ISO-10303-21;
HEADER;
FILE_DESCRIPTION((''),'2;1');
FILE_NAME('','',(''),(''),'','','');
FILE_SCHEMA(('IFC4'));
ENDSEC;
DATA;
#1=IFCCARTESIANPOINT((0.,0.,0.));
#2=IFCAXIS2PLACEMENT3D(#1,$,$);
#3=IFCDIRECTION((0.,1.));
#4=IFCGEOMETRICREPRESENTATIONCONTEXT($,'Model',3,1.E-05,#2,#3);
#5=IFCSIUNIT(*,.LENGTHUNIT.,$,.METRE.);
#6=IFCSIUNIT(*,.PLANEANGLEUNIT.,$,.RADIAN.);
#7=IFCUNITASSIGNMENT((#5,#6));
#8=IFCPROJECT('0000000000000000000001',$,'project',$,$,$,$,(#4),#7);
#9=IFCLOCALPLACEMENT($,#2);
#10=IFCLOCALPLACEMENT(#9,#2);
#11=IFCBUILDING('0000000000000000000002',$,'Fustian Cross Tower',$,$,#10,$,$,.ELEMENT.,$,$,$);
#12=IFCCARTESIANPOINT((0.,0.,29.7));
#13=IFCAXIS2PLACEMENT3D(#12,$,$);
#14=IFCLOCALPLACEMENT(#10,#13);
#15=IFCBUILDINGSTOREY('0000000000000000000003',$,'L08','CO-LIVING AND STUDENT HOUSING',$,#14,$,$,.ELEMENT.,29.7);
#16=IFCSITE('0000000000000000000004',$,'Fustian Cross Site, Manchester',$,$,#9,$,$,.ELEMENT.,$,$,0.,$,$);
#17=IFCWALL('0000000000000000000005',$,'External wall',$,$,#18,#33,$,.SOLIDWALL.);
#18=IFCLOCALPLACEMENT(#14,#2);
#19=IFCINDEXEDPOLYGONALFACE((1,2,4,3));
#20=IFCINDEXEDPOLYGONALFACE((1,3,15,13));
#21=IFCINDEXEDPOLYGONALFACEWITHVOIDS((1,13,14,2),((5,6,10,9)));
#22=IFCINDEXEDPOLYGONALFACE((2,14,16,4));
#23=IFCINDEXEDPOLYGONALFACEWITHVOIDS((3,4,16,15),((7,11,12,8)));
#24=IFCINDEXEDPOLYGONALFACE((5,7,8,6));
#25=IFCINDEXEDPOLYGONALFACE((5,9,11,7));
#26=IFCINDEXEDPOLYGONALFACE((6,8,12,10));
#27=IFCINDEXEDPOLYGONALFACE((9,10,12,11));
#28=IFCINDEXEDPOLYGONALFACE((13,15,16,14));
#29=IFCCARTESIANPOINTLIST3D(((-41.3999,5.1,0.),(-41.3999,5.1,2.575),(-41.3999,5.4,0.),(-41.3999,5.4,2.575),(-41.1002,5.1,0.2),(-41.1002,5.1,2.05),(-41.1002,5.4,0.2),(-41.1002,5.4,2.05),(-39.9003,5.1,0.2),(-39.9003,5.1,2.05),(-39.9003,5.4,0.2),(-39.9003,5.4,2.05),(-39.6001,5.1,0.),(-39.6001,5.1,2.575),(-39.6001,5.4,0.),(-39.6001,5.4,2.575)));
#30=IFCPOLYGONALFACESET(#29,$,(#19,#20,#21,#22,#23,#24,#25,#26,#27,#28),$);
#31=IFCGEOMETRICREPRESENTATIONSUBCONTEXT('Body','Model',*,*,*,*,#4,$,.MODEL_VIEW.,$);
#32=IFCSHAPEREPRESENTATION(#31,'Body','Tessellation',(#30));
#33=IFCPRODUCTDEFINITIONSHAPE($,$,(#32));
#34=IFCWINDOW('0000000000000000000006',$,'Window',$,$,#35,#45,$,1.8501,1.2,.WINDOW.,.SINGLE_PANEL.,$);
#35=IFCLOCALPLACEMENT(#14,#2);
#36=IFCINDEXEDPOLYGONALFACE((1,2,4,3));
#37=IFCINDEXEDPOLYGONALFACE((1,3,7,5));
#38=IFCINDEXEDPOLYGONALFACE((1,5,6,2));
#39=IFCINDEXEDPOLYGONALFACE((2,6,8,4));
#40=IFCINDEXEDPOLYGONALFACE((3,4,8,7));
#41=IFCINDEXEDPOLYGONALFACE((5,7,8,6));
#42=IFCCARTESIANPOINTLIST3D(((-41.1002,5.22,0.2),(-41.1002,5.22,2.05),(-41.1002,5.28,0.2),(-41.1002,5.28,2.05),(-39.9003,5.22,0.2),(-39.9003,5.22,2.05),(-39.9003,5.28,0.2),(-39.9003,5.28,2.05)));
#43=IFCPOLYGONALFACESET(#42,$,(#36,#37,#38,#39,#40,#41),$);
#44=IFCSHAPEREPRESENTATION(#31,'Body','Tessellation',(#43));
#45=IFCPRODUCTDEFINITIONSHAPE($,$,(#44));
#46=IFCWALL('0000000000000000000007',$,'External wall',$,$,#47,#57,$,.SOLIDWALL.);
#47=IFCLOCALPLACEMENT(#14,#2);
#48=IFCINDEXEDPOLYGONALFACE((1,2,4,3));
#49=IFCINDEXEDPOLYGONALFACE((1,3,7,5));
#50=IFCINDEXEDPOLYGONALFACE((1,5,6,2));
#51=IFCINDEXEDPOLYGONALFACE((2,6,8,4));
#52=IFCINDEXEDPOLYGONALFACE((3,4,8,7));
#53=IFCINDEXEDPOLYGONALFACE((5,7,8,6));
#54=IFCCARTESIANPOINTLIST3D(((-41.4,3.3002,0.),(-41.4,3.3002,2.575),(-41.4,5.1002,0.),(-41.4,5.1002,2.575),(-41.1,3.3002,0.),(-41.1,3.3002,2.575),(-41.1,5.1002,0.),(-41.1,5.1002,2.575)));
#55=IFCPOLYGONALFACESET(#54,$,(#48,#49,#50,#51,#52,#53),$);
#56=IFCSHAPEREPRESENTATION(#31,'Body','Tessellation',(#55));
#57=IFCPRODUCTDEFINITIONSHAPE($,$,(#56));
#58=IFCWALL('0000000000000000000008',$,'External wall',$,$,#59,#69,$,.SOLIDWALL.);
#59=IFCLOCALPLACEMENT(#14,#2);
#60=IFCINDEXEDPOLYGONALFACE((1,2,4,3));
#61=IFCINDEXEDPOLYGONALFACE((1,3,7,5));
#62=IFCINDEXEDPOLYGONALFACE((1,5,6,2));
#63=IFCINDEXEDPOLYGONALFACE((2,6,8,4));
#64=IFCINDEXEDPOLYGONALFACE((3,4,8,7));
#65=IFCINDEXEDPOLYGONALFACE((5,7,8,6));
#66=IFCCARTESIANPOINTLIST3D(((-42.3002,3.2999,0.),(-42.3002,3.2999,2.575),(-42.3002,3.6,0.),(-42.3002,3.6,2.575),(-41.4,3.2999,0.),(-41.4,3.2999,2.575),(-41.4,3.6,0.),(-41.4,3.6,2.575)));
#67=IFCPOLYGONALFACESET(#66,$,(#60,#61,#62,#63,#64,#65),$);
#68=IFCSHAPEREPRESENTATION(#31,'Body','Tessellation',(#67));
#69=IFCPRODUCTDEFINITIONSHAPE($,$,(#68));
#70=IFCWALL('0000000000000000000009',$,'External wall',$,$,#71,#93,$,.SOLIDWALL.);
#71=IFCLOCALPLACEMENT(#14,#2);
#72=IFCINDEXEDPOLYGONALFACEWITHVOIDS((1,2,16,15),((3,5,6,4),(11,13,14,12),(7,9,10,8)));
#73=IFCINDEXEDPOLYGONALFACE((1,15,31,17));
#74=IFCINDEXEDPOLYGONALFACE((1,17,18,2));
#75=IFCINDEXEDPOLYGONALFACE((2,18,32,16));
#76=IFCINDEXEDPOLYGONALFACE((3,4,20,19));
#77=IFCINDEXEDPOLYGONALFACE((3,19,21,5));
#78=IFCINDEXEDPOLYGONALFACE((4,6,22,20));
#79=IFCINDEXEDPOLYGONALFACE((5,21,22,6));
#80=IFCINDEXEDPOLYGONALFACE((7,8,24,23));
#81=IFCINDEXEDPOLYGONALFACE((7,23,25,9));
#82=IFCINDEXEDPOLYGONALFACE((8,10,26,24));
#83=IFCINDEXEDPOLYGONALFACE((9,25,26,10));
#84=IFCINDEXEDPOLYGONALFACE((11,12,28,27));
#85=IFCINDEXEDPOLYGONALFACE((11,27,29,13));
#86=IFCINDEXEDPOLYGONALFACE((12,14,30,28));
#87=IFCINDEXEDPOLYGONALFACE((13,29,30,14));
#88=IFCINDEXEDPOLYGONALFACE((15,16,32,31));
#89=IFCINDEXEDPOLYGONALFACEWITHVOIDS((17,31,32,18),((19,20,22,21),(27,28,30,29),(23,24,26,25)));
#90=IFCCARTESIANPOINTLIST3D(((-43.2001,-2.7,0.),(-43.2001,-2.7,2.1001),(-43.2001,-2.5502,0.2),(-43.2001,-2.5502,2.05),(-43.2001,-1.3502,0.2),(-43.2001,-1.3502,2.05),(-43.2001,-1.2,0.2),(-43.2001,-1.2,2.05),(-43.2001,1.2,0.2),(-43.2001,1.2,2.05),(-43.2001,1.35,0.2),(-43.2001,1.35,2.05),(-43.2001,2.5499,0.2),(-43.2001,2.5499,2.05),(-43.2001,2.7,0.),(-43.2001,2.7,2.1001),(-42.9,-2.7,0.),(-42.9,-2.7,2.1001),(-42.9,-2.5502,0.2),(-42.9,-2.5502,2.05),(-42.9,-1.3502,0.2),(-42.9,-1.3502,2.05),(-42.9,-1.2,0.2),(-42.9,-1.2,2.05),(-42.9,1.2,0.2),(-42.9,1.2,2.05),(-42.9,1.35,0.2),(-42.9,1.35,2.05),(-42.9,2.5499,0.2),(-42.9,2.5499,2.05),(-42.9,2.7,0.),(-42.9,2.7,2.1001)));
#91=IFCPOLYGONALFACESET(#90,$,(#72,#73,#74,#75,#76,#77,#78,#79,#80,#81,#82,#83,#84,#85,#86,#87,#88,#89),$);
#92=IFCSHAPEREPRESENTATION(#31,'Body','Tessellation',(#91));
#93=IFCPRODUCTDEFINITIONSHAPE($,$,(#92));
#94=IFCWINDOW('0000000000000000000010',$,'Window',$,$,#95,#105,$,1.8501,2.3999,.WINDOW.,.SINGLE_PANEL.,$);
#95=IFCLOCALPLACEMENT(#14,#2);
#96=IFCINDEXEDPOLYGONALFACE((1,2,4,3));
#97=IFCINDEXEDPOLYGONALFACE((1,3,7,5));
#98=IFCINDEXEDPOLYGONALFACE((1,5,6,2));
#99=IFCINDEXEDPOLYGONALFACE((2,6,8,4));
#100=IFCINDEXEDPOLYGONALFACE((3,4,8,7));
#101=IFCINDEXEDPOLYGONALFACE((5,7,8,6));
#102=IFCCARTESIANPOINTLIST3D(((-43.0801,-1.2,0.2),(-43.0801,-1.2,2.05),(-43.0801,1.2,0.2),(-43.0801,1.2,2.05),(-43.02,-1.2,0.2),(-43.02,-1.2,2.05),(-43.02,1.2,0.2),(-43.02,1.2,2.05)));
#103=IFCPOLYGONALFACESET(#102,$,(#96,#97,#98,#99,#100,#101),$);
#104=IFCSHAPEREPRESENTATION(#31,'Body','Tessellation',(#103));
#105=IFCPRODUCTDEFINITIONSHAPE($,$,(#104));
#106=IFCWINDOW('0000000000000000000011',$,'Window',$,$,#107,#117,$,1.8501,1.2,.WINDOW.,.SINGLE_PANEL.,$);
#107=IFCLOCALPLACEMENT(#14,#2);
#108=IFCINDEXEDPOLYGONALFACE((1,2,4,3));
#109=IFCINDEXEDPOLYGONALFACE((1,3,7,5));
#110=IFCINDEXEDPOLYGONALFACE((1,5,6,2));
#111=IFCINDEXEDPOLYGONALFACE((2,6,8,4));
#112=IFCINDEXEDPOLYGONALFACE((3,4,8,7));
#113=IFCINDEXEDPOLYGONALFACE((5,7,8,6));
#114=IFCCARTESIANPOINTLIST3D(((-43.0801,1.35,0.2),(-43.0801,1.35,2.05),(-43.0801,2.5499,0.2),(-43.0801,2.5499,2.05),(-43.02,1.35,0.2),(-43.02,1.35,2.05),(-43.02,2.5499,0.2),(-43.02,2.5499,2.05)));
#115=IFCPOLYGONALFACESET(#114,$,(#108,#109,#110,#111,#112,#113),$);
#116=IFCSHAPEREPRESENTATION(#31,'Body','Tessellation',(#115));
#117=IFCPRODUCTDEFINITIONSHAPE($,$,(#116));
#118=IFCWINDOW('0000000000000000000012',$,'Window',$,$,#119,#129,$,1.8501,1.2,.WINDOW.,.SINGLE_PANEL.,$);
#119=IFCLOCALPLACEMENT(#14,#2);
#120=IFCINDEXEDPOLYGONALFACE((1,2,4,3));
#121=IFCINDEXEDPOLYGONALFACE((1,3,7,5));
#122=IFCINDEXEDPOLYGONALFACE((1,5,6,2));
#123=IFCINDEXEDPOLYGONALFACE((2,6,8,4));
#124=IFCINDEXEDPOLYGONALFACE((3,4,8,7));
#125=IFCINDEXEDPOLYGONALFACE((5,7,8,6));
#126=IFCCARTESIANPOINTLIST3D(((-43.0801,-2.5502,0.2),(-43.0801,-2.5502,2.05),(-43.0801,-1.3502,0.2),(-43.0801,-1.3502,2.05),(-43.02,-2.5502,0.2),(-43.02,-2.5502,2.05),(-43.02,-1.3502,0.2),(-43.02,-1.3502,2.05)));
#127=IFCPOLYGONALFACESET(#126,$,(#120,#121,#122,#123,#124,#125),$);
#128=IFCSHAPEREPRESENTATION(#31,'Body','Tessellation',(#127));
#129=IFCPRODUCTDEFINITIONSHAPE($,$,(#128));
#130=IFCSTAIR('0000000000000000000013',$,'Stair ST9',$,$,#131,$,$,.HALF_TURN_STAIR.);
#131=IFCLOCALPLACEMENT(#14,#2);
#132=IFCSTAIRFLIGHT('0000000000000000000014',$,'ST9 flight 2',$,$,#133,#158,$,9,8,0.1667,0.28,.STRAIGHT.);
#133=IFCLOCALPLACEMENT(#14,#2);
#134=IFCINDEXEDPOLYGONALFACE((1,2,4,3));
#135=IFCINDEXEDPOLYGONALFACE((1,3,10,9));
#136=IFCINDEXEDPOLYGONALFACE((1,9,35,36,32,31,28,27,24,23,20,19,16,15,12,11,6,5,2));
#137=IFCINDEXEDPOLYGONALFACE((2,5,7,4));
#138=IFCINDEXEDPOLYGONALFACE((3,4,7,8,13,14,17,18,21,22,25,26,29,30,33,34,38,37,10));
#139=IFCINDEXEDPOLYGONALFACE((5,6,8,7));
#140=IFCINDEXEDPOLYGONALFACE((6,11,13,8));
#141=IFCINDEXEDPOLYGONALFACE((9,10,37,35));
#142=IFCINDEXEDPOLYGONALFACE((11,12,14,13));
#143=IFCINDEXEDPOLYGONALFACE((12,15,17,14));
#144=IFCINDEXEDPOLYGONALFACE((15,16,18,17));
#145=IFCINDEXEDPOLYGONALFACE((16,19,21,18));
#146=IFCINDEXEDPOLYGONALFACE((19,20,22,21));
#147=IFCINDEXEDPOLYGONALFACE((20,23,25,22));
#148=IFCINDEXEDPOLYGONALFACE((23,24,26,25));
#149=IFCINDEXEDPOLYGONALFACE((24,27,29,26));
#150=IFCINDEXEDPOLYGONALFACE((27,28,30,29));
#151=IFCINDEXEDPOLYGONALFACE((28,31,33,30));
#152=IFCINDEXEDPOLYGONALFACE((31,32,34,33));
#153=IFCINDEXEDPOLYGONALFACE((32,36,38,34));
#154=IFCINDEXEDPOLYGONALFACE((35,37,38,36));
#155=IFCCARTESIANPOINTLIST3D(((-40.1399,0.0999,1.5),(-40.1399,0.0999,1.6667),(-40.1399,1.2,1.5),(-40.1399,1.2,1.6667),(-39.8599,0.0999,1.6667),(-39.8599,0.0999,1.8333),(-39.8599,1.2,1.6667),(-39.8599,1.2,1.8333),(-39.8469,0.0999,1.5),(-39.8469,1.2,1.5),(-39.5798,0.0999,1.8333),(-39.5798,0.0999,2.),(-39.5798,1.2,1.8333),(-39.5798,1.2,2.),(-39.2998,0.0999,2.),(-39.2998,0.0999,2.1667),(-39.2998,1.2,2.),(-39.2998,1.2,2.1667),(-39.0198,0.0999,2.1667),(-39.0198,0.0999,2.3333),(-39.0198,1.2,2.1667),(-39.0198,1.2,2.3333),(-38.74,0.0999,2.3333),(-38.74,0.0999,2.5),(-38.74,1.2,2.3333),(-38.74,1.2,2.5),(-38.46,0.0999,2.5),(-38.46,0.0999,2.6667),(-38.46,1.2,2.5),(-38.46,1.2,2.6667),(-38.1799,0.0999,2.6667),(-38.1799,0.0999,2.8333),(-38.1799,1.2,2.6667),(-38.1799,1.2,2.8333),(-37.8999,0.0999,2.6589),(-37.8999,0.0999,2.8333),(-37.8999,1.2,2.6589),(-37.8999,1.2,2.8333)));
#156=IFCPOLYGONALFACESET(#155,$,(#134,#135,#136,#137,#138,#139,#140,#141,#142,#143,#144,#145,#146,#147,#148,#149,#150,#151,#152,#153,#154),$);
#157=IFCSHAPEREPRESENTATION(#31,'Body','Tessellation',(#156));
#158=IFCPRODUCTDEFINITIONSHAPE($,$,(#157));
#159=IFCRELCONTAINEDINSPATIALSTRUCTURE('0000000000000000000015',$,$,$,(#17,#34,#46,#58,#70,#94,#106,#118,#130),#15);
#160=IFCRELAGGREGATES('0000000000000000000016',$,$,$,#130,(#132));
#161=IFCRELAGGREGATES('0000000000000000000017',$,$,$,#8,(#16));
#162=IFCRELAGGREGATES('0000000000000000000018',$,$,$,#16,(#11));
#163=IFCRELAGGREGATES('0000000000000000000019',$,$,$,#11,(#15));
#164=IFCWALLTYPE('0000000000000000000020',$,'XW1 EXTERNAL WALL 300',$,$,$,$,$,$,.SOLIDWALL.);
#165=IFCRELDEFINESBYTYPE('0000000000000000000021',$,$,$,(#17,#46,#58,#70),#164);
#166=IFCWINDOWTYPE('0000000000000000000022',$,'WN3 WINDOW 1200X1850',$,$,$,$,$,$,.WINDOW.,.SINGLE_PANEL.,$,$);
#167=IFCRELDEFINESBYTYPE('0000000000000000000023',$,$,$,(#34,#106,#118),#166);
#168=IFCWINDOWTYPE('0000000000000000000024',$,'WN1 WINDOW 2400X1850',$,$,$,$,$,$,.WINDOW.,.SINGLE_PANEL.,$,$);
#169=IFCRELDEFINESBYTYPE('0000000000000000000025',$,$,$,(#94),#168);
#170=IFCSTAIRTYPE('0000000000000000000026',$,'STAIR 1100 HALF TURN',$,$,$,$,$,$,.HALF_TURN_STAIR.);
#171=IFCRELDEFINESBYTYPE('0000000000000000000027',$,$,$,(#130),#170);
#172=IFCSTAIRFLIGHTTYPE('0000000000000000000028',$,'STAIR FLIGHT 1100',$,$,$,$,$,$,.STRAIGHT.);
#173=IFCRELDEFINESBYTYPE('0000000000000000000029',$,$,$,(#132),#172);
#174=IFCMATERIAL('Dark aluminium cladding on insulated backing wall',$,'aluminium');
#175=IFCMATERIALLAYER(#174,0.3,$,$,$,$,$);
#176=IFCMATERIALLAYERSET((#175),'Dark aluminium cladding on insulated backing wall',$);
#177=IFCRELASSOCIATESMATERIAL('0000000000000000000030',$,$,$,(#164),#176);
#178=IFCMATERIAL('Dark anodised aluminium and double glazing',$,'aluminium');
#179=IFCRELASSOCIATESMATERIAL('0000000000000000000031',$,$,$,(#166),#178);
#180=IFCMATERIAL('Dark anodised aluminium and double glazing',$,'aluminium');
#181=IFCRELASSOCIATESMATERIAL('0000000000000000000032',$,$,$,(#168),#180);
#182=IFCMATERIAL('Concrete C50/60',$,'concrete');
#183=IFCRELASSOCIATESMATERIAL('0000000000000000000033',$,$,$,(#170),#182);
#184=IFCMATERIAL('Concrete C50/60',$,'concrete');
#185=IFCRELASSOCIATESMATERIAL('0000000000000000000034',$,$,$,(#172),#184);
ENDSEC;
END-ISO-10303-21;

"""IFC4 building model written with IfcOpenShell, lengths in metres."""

from ifc_helpers import new_model, si_unit, direction, frame, frame_2d, origin, place, context, subcontext, project, spatial, polyline, rectangle, outline, extrude, material, layer, layer_set, type_object, element, fill, aggregate, save


model = new_model("IFC4")

# Units and contexts
model_context = context("Model", 3, precision=1e-05, world=origin(), true_north=direction((0.0, 1.0)))
body_context = subcontext(model_context, "Body", "Model", "MODEL_VIEW")
ifc_project = project(units=[si_unit("LENGTHUNIT", "METRE"), si_unit("PLANEANGLEUNIT", "RADIAN")], contexts=[model_context])

# Site, building, storey
site_placement = place(None, origin())
site = spatial("IfcSite", under=ifc_project, at=site_placement, Name="Fustian Cross Site, Manchester", CompositionType="ELEMENT", RefElevation=0.0)
building_placement = place(site_placement, origin())
building = spatial("IfcBuilding", under=site, at=building_placement, Name="Fustian Cross Tower", CompositionType="ELEMENT")
storey_placement = place(building_placement, frame((0.0, 0.0, 29.7)))
storey = spatial("IfcBuildingStorey", under=building, at=storey_placement, Name="L08", Description="CO-LIVING AND STUDENT HOUSING", CompositionType="ELEMENT", Elevation=29.7)

# Shared definitions
ifc_material_1 = material(Name="Dark aluminium cladding on insulated backing wall", Category="aluminium")
ifc_layer_1 = layer(ifc_material_1, 0.3)
ifc_layer_set_1 = layer_set([ifc_layer_1], Name="Dark aluminium cladding on insulated backing wall")
wall_type_1 = type_object("IfcWallType", Name="XW1 EXTERNAL WALL 300", PredefinedType="SOLIDWALL", material=ifc_layer_set_1)

# Wall, opening, window
wall_1_placement = place(storey_placement, frame((-39.6001, 5.25, 0.0), z_axis=(0.0, 0.0, 1.0), x_axis=(-1.0, 0.0, 0.0)))
wall_1 = element("IfcWall", 1, at=wall_1_placement, inside=storey, type_object=wall_type_1, Name="External wall", PredefinedType="SOLIDWALL", context=body_context, shape_type="SweptSolid", body=[
    extrude(rectangle(XDim=1.7998, YDim=0.3, at=frame_2d((0.8999, 0.0))), origin(), (0.0, 0.0, 1.0), 2.575),
])
opening_1_placement = place(wall_1_placement, frame((0.3, 0.0, 0.2)))
opening_1 = element("IfcOpeningElement", 2, at=opening_1_placement, cuts=wall_1, PredefinedType="OPENING", context=body_context, shape_type="SweptSolid", body=[
    extrude(rectangle(XDim=1.2, YDim=1.8501, at=frame_2d((0.6001, 0.925))), frame((0.0, 0.1599, 0.0), z_axis=(0.0, -1.0, 0.0), x_axis=(1.0, 0.0, 0.0)), (0.0, 0.0, 1.0), 0.3201),
])
ifc_material_2 = material(Name="Dark anodised aluminium and double glazing", Category="aluminium")
window_type_1 = type_object("IfcWindowType", Name="WN3 WINDOW 1200X1850", PartitioningType="SINGLE_PANEL", PredefinedType="WINDOW", material=ifc_material_2)
window_1_placement = place(opening_1_placement, origin())
window_1 = element("IfcWindow", 3, at=window_1_placement, inside=storey, type_object=window_type_1, Name="Window", OverallHeight=1.8501, OverallWidth=1.2, PartitioningType="SINGLE_PANEL", PredefinedType="WINDOW", context=body_context, shape_type="SweptSolid", body=[
    extrude(rectangle(XDim=1.2, YDim=1.8501, at=frame_2d((0.6001, 0.925))), frame((0.0, 0.03, 0.0), z_axis=(0.0, -1.0, 0.0), x_axis=(1.0, 0.0, 0.0)), (0.0, 0.0, 1.0), 0.0601),
])
fill(opening_1, window_1)

# Walls
wall_2_placement = place(storey_placement, frame((-41.25, 5.1001, 0.0), z_axis=(0.0, 0.0, 1.0), x_axis=(0.0, -1.0, 0.0)))
element("IfcWall", 4, at=wall_2_placement, inside=storey, type_object=wall_type_1, Name="External wall", PredefinedType="SOLIDWALL", context=body_context, shape_type="SweptSolid", body=[
    extrude(rectangle(XDim=1.8, YDim=0.3, at=frame_2d((0.8999, 0.0))), origin(), (0.0, 0.0, 1.0), 2.575),
])
wall_3_placement = place(storey_placement, frame((-41.3999, 3.45, 0.0), z_axis=(0.0, 0.0, 1.0), x_axis=(-1.0, 0.0, 0.0)))
element("IfcWall", 5, at=wall_3_placement, inside=storey, type_object=wall_type_1, Name="External wall", PredefinedType="SOLIDWALL", context=body_context, shape_type="SweptSolid", body=[
    extrude(rectangle(XDim=0.9001, YDim=0.3, at=frame_2d((0.4502, 0.0))), origin(), (0.0, 0.0, 1.0), 2.575),
])

# Wall, openings, windows
wall_4_placement = place(storey_placement, frame((-43.05, 2.7, 0.0), z_axis=(0.0, 0.0, 1.0), x_axis=(0.0, -1.0, 0.0)))
wall_4 = element("IfcWall", 6, at=wall_4_placement, inside=storey, type_object=wall_type_1, Name="External wall", PredefinedType="SOLIDWALL", context=body_context, shape_type="SweptSolid", body=[
    extrude(rectangle(XDim=5.3999, YDim=0.3, at=frame_2d((2.7, 0.0))), origin(), (0.0, 0.0, 1.0), 2.1001),
])
opening_2_placement = place(wall_4_placement, frame((1.5, 0.0, 0.2)))
opening_2 = element("IfcOpeningElement", 7, at=opening_2_placement, cuts=wall_4, PredefinedType="OPENING", context=body_context, shape_type="SweptSolid", body=[
    extrude(rectangle(XDim=2.3999, YDim=1.8501, at=frame_2d((1.2, 0.925))), frame((0.0, 0.1599, 0.0), z_axis=(0.0, -1.0, 0.0), x_axis=(1.0, 0.0, 0.0)), (0.0, 0.0, 1.0), 0.3201),
])
opening_3_placement = place(wall_4_placement, frame((0.1499, 0.0, 0.2)))
opening_3 = element("IfcOpeningElement", 8, at=opening_3_placement, cuts=wall_4, PredefinedType="OPENING", context=body_context, shape_type="SweptSolid", body=[
    extrude(rectangle(XDim=1.2, YDim=1.8501, at=frame_2d((0.6001, 0.925))), frame((0.0, 0.1599, 0.0), z_axis=(0.0, -1.0, 0.0), x_axis=(1.0, 0.0, 0.0)), (0.0, 0.0, 1.0), 0.3201),
])
opening_4_placement = place(wall_4_placement, frame((4.05, 0.0, 0.2)))
opening_4 = element("IfcOpeningElement", 9, at=opening_4_placement, cuts=wall_4, PredefinedType="OPENING", context=body_context, shape_type="SweptSolid", body=[
    extrude(rectangle(XDim=1.2, YDim=1.8501, at=frame_2d((0.6001, 0.925))), frame((0.0, 0.1599, 0.0), z_axis=(0.0, -1.0, 0.0), x_axis=(1.0, 0.0, 0.0)), (0.0, 0.0, 1.0), 0.3201),
])
ifc_material_3 = material(Name="Dark anodised aluminium and double glazing", Category="aluminium")
window_type_2 = type_object("IfcWindowType", Name="WN1 WINDOW 2400X1850", PartitioningType="SINGLE_PANEL", PredefinedType="WINDOW", material=ifc_material_3)
window_2_placement = place(opening_2_placement, origin())
window_2 = element("IfcWindow", 10, at=window_2_placement, inside=storey, type_object=window_type_2, Name="Window", OverallHeight=1.8501, OverallWidth=2.3999, PartitioningType="SINGLE_PANEL", PredefinedType="WINDOW", context=body_context, shape_type="SweptSolid", body=[
    extrude(rectangle(XDim=2.3999, YDim=1.8501, at=frame_2d((1.2, 0.925))), frame((0.0, 0.03, 0.0), z_axis=(0.0, -1.0, 0.0), x_axis=(1.0, 0.0, 0.0)), (0.0, 0.0, 1.0), 0.0601),
])
fill(opening_2, window_2)
window_3_placement = place(opening_3_placement, origin())
window_3 = element("IfcWindow", 11, at=window_3_placement, inside=storey, type_object=window_type_1, Name="Window", OverallHeight=1.8501, OverallWidth=1.2, PartitioningType="SINGLE_PANEL", PredefinedType="WINDOW", context=body_context, shape_type="SweptSolid", body=[
    extrude(rectangle(XDim=1.2, YDim=1.8501, at=frame_2d((0.6001, 0.925))), frame((0.0, 0.03, 0.0), z_axis=(0.0, -1.0, 0.0), x_axis=(1.0, 0.0, 0.0)), (0.0, 0.0, 1.0), 0.0601),
])
fill(opening_3, window_3)
window_4_placement = place(opening_4_placement, origin())
window_4 = element("IfcWindow", 12, at=window_4_placement, inside=storey, type_object=window_type_1, Name="Window", OverallHeight=1.8501, OverallWidth=1.2, PartitioningType="SINGLE_PANEL", PredefinedType="WINDOW", context=body_context, shape_type="SweptSolid", body=[
    extrude(rectangle(XDim=1.2, YDim=1.8501, at=frame_2d((0.6001, 0.925))), frame((0.0, 0.03, 0.0), z_axis=(0.0, -1.0, 0.0), x_axis=(1.0, 0.0, 0.0)), (0.0, 0.0, 1.0), 0.0601),
])
fill(opening_4, window_4)

# Stair, stair flight
ifc_material_4 = material(Name="Concrete C50/60", Category="concrete")
stair_type = type_object("IfcStairType", Name="STAIR 1100 HALF TURN", PredefinedType="HALF_TURN_STAIR", material=ifc_material_4)
stair_placement = place(storey_placement, origin())
stair = element("IfcStair", 13, at=stair_placement, inside=storey, type_object=stair_type, Name="Stair ST9", PredefinedType="HALF_TURN_STAIR")
ifc_material_5 = material(Name="Concrete C50/60", Category="concrete")
stair_flight_type = type_object("IfcStairFlightType", Name="STAIR FLIGHT 1100", PredefinedType="STRAIGHT", material=ifc_material_5)
stair_flight_placement = place(storey_placement, frame((-40.1399, 0.6499, 1.5), z_axis=(0.0, 0.0, 1.0), x_axis=(1.0, 0.0, 0.0)))
stair_flight = element("IfcStairFlight", 14, at=stair_flight_placement, type_object=stair_flight_type, Name="ST9 flight 2", NumberOfRisers=9, NumberOfTreads=8, PredefinedType="STRAIGHT", RiserHeight=0.1667, TreadLength=0.28, context=body_context, shape_type="SweptSolid", body=[
    extrude(outline(polyline([(0.0, 0.0), (0.0, 0.1667), (0.28, 0.1667), (0.28, 0.3333), (0.5601, 0.3333), (0.5601, 0.5), (0.8401, 0.5), (0.8401, 0.6667), (1.1201, 0.6667), (1.1201, 0.8333), (1.3999, 0.8333), (1.3999, 1.0), (1.6799, 1.0), (1.6799, 1.1667), (1.96, 1.1667), (1.96, 1.3333), (2.24, 1.3333), (2.24, 1.5), (2.24, 1.1589), (0.293, 0.0), (0.0, 0.0)])), frame((0.0, 0.55, 0.0), z_axis=(0.0, -1.0, 0.0), x_axis=(1.0, 0.0, 0.0)), (0.0, 0.0, 1.0), 1.1001),
])
aggregate(stair, [stair_flight])

save(model, "model.ifc")
